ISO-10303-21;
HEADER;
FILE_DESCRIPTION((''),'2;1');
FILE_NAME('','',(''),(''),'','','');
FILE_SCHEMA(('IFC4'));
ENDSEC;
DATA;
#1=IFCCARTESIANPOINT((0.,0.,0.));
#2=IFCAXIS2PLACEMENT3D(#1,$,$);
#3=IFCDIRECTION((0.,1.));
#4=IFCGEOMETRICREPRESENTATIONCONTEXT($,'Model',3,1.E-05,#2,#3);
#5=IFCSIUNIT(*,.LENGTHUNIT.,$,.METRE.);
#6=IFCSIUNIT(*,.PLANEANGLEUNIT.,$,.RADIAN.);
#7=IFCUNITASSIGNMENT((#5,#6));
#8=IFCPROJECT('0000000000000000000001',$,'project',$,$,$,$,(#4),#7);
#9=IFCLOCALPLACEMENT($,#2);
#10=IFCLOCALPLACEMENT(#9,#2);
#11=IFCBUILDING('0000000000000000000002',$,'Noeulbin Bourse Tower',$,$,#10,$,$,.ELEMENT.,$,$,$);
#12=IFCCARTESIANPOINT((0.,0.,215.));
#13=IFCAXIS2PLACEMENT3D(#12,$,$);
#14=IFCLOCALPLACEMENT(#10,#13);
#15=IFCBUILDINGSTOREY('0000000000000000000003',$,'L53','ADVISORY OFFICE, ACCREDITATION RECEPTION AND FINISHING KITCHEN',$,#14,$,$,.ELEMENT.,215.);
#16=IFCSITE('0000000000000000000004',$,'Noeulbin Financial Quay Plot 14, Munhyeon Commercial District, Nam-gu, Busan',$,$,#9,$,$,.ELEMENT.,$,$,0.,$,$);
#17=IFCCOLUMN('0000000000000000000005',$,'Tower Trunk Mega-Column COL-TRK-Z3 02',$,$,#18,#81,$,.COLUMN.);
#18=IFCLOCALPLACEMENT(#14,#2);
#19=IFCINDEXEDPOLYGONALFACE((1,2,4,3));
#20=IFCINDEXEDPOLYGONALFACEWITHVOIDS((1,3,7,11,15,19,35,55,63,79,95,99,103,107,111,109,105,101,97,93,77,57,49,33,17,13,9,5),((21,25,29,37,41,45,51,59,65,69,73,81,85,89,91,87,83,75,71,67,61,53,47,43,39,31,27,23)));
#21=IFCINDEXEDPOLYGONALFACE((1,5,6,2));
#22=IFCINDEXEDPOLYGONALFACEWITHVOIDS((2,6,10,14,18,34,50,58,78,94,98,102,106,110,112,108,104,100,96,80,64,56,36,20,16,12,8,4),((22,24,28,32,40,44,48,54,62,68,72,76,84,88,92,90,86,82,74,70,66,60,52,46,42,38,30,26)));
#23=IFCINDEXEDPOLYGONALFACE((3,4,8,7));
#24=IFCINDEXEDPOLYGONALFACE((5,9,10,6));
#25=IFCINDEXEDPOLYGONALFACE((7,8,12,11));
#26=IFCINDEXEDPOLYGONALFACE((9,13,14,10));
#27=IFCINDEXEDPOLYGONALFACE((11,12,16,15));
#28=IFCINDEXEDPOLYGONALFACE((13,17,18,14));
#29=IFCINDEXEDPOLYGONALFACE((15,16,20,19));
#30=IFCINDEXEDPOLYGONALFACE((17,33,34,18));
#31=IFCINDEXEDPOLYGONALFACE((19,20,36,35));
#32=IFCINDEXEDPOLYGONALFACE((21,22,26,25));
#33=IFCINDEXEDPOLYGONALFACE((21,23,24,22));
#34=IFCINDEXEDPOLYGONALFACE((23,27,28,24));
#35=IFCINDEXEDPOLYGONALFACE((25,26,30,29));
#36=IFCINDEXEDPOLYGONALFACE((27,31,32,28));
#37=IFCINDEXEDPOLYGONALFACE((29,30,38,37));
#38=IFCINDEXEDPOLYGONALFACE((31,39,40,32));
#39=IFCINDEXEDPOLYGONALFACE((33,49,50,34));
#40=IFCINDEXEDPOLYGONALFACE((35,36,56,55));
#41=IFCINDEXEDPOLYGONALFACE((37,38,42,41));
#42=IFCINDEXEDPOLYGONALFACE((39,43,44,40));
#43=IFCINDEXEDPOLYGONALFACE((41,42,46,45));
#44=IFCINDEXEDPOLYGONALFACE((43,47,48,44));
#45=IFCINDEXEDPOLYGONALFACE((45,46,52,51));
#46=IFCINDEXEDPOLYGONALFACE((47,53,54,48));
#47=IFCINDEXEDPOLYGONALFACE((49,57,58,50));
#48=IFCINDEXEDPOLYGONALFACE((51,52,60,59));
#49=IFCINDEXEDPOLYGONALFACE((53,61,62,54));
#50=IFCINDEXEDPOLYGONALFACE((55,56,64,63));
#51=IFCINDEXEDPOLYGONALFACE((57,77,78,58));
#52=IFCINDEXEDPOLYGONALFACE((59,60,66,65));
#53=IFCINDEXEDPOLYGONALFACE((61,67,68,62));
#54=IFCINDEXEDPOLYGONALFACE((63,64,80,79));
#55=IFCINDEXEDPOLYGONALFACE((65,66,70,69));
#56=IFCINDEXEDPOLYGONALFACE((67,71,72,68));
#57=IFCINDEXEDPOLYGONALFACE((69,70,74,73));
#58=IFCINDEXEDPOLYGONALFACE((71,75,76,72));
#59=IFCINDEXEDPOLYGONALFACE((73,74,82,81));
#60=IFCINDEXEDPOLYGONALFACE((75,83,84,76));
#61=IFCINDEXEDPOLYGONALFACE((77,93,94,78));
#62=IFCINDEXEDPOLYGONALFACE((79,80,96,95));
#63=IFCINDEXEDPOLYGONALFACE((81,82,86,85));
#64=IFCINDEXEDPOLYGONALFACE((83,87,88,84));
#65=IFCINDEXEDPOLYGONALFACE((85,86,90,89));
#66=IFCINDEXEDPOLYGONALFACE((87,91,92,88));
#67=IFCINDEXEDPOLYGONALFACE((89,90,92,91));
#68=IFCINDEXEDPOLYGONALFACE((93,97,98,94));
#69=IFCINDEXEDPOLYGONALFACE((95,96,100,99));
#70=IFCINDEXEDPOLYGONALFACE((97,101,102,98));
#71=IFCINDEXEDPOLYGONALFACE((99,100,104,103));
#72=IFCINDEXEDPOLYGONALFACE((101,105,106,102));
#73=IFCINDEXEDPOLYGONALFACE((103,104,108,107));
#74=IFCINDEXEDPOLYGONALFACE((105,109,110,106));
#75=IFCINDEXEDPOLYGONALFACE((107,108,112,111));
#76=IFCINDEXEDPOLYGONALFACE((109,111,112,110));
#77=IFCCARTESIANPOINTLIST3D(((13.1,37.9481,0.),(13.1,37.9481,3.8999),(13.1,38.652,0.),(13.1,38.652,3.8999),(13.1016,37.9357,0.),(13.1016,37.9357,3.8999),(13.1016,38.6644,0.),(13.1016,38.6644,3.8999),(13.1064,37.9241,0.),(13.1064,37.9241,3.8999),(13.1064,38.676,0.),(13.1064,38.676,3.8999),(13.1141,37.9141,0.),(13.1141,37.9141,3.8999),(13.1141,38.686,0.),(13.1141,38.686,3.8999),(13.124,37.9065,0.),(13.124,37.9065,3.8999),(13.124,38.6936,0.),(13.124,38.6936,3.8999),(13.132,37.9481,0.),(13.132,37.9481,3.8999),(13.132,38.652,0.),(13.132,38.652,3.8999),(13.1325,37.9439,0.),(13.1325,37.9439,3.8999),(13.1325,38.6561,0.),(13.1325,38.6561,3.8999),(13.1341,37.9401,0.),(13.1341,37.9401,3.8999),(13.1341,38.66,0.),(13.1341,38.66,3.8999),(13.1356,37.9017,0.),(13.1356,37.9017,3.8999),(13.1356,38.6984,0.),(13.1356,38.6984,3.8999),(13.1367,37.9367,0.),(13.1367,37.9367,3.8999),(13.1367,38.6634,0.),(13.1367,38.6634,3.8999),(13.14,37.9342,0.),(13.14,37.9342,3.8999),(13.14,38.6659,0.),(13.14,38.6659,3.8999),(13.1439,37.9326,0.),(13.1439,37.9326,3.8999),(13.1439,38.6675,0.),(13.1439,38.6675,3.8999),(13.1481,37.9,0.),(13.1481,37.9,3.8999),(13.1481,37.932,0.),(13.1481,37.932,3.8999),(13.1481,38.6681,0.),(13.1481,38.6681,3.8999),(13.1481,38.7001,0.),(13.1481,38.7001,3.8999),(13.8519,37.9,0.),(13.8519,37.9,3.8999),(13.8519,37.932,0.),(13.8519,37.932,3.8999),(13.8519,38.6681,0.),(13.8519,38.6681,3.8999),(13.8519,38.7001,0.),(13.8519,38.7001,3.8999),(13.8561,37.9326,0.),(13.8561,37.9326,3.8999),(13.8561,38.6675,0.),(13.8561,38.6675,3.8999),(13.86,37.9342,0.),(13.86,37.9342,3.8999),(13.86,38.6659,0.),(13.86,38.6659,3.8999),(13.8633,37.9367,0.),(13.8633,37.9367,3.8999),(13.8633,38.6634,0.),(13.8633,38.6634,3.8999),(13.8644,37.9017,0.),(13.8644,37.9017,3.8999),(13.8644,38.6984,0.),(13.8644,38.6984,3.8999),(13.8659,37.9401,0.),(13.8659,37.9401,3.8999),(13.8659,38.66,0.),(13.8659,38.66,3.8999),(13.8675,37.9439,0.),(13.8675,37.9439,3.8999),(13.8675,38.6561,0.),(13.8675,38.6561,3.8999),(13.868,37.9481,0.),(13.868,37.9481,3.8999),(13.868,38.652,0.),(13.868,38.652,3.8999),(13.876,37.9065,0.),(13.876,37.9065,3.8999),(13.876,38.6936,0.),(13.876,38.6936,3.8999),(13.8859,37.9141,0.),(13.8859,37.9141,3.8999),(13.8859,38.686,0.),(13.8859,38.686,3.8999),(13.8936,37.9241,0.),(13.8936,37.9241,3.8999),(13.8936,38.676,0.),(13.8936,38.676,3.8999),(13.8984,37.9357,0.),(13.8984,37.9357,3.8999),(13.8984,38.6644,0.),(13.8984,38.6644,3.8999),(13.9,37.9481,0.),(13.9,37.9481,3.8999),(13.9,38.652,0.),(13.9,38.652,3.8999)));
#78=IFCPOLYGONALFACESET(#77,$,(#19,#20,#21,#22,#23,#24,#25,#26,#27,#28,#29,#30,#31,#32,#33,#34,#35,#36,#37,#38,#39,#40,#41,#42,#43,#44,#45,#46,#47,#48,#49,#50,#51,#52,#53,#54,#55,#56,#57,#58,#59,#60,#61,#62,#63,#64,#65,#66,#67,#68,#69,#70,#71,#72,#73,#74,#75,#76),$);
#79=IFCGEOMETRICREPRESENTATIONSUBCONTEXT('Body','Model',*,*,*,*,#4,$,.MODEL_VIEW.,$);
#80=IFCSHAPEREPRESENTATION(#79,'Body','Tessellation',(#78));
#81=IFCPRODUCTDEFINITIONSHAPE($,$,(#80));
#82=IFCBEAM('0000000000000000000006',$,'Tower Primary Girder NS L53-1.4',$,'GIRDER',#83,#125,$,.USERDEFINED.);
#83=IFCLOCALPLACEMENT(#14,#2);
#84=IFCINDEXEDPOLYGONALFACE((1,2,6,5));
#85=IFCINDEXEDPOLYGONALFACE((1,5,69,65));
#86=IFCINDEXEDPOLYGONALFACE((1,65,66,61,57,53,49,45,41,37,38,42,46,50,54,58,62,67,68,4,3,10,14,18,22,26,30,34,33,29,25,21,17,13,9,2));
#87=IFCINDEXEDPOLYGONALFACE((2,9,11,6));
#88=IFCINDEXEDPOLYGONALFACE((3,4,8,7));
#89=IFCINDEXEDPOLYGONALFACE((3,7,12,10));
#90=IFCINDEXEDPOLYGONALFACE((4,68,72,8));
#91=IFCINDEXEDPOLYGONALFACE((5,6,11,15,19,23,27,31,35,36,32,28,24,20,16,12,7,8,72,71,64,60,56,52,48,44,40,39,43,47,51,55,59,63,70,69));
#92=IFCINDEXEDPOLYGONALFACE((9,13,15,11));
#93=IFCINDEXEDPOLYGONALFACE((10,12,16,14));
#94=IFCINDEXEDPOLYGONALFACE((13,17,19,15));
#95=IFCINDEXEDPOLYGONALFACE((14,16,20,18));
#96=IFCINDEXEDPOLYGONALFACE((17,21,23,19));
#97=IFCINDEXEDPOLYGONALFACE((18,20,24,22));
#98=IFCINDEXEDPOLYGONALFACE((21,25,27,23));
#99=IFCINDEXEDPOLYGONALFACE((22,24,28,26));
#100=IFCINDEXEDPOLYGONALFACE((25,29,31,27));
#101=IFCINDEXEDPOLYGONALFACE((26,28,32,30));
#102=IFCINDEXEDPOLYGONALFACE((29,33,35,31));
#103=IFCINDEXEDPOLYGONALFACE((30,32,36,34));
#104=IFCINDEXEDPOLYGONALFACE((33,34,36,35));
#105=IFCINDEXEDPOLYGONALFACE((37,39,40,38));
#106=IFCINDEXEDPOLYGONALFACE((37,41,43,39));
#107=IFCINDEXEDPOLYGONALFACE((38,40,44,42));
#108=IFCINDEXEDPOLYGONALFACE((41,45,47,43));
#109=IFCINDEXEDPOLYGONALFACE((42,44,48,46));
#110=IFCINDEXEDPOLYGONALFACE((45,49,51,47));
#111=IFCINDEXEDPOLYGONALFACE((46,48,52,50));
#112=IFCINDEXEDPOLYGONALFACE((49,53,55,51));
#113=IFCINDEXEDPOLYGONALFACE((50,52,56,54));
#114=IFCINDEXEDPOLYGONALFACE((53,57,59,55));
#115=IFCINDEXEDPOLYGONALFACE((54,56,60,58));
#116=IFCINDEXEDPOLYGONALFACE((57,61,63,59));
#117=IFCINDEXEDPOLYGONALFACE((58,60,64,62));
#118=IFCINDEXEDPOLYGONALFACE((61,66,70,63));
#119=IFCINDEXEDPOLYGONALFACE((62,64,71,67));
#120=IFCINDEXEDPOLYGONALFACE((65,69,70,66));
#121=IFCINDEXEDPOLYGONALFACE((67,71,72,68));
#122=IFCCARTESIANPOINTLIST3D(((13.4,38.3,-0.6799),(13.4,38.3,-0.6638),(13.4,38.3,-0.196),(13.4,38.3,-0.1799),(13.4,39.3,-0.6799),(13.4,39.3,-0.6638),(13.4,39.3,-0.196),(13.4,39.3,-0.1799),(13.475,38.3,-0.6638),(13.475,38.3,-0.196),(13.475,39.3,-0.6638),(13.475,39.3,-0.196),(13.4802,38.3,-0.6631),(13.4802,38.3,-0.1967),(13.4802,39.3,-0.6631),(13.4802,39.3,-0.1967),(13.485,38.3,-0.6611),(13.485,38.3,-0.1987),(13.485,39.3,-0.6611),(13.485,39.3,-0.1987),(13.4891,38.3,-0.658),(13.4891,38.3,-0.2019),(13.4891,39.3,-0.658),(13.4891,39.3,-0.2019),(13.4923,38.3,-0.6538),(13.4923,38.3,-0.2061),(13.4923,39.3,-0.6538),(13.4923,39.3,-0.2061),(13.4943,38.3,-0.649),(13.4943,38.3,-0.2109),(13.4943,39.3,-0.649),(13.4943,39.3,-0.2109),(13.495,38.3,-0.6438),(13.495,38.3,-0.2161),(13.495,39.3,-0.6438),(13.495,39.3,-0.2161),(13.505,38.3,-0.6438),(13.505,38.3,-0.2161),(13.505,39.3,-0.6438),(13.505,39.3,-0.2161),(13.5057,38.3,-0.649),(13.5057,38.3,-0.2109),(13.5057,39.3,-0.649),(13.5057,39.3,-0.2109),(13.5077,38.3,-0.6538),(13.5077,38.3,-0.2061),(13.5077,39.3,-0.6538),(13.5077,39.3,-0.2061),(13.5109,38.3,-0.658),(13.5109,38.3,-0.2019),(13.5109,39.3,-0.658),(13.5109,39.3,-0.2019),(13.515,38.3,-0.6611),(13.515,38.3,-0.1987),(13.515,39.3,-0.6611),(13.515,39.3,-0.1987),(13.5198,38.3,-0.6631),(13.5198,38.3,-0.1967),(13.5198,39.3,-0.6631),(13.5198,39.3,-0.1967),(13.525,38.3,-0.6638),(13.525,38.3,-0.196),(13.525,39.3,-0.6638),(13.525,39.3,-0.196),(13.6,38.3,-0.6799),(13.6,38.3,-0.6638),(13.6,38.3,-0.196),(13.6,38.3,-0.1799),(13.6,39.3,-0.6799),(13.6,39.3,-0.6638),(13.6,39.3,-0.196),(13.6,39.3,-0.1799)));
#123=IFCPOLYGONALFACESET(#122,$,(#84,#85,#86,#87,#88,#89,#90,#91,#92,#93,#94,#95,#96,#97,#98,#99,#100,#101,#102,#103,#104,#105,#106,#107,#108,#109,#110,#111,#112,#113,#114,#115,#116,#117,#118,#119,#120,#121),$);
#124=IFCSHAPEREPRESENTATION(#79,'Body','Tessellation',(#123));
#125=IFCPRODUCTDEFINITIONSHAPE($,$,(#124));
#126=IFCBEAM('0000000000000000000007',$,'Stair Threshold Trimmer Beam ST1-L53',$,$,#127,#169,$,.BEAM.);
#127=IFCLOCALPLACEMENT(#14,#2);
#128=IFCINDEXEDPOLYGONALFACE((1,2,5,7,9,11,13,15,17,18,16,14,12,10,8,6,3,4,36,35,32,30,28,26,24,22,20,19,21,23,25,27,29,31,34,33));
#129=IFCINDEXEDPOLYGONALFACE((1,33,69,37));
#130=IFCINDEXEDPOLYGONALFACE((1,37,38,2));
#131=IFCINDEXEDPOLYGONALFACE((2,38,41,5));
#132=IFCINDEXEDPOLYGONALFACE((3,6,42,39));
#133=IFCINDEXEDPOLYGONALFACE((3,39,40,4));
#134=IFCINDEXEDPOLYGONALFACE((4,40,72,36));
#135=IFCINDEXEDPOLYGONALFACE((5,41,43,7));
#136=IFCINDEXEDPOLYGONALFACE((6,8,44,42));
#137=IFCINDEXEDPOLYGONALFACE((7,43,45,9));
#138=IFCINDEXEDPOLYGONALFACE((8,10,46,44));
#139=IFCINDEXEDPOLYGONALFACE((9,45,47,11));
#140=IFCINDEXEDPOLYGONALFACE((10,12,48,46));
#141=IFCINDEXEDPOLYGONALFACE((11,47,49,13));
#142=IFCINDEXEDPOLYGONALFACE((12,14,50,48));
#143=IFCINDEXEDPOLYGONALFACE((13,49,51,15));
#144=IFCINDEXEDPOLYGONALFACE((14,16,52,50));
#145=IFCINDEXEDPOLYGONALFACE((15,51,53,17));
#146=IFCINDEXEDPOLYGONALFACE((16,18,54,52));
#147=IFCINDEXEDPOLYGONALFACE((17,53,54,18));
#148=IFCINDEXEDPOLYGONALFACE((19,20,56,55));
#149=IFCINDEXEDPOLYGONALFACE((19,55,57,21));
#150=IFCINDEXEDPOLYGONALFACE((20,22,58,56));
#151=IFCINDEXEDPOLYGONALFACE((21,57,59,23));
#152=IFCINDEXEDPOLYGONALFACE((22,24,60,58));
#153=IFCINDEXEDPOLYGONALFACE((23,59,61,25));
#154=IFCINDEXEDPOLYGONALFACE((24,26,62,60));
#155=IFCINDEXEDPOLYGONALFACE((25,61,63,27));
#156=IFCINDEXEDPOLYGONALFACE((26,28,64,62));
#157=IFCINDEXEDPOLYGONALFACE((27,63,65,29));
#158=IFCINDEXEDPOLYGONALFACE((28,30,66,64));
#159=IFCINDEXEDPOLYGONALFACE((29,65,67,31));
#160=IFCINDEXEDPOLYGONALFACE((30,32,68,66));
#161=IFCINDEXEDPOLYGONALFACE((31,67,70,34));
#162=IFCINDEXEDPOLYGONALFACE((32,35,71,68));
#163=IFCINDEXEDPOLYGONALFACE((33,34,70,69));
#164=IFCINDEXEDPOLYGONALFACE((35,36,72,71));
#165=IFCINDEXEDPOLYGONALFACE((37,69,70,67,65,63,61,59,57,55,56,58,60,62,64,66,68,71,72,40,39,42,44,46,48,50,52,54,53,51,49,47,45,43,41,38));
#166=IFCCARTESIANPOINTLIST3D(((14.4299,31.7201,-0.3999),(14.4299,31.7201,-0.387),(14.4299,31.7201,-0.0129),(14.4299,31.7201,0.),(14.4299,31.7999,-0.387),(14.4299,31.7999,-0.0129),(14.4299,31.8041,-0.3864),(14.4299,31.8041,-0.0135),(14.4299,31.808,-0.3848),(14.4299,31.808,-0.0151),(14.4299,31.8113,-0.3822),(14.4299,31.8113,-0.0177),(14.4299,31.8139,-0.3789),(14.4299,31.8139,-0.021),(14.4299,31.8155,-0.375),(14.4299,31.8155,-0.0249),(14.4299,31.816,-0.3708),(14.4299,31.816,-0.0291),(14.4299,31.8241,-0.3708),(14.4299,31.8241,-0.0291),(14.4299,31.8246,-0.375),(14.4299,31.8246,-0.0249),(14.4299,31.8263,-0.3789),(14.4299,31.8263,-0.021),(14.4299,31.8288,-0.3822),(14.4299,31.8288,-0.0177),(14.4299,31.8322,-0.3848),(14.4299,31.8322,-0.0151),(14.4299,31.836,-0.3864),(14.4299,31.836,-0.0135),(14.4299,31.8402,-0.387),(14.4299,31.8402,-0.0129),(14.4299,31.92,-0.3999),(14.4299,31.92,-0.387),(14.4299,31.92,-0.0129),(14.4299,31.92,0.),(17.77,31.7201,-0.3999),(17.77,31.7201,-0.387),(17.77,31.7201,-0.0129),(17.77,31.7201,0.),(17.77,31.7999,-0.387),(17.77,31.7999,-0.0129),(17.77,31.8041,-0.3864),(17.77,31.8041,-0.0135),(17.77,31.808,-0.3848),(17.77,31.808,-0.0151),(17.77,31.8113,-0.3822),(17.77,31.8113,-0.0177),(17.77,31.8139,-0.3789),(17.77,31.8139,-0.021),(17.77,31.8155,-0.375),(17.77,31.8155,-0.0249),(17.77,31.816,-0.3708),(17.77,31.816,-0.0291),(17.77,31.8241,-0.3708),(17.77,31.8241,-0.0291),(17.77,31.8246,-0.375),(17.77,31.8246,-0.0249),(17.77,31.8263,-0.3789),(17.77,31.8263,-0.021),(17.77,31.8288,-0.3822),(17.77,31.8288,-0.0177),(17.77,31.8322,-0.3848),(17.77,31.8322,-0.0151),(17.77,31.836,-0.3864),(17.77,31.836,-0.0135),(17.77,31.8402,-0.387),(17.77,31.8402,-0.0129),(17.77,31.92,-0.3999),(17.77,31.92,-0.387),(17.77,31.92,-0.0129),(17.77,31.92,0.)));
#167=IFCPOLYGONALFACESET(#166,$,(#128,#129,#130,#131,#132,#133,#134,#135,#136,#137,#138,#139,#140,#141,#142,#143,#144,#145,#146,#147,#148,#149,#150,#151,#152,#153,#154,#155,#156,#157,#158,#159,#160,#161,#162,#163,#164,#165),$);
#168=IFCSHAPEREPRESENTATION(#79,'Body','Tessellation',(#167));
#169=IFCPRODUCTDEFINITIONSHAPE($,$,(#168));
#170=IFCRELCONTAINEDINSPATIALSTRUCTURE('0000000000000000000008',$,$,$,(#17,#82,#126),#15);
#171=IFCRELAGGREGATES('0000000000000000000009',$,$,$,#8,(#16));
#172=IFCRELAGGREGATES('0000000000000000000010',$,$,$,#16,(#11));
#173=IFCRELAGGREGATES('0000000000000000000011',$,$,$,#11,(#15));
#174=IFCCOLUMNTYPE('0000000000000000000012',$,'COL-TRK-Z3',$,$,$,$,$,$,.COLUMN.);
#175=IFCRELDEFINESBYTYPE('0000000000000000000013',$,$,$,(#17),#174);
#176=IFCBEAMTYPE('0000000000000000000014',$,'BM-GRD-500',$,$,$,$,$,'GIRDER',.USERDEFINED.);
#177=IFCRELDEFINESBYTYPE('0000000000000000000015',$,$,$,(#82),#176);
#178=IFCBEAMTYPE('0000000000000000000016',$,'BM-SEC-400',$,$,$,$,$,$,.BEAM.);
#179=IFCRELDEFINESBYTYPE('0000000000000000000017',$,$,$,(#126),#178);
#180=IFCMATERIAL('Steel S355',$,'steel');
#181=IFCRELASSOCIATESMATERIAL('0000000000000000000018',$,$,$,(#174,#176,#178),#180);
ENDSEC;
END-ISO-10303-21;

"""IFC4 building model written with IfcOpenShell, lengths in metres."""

from ifc_helpers import new_model, si_unit, direction, frame, origin, origin_2d, place, context, subcontext, project, spatial, hollow_rectangle, i_section, extrude, material, material_profile, profile_set, type_object, element, save


model = new_model("IFC4")

# Units and contexts
model_context = context("Model", 3, precision=1e-05, world=origin(), true_north=direction((0.0, 1.0)))
body_context = subcontext(model_context, "Body", "Model", "MODEL_VIEW")
ifc_project = project(units=[si_unit("LENGTHUNIT", "METRE"), si_unit("PLANEANGLEUNIT", "RADIAN")], contexts=[model_context])

# Site, building, storey
site_placement = place(None, origin())
site = spatial("IfcSite", under=ifc_project, at=site_placement, Name="Noeulbin Financial Quay Plot 14, Munhyeon Commercial District, Nam-gu, Busan", CompositionType="ELEMENT", RefElevation=0.0)
building_placement = place(site_placement, origin())
building = spatial("IfcBuilding", under=site, at=building_placement, Name="Noeulbin Bourse Tower", CompositionType="ELEMENT")
storey_placement = place(building_placement, frame((0.0, 0.0, 215.0)))
storey = spatial("IfcBuildingStorey", under=building, at=storey_placement, Name="L53", Description="ADVISORY OFFICE, ACCREDITATION RECEPTION AND FINISHING KITCHEN", CompositionType="ELEMENT", Elevation=215.0)

# Column
ifc_material_1 = material(Name="Steel S355", Category="steel")
ifc_material_profile_1 = material_profile(ifc_material_1, hollow_rectangle(XDim=0.8, YDim=0.8, WallThickness=0.032, InnerFilletRadius=0.0161, OuterFilletRadius=0.0481, at=origin_2d()), Name="BOX-800x800x32", Category="LoadBearing")
ifc_profile_set_1 = profile_set([ifc_material_profile_1], Name="Steel S355")
column_type = type_object("IfcColumnType", Name="COL-TRK-Z3", PredefinedType="COLUMN", material=ifc_profile_set_1)
column_placement = place(storey_placement, frame((13.5, 38.3, 0.0), z_axis=(0.0, 0.0, 1.0), x_axis=(1.0, 0.0, 0.0)))
element("IfcColumn", 1, at=column_placement, inside=storey, type_object=column_type, Name="Tower Trunk Mega-Column COL-TRK-Z3 02", PredefinedType="COLUMN", context=body_context, shape_type="SweptSolid", body=[
    extrude(hollow_rectangle(XDim=0.8, YDim=0.8, WallThickness=0.032, InnerFilletRadius=0.0161, OuterFilletRadius=0.0481, at=origin_2d()), origin(), (0.0, 0.0, 1.0), 3.8999),
])

# Beams
ifc_material_profile_2 = material_profile(ifc_material_1, i_section(OverallWidth=0.2, OverallDepth=0.5, WebThickness=0.01, FlangeThickness=0.0161, FilletRadius=0.02, at=origin_2d()), Name="H-500x200x10x16", Category="LoadBearing")
ifc_profile_set_2 = profile_set([ifc_material_profile_2], Name="Steel S355")
beam_type_1 = type_object("IfcBeamType", Name="BM-GRD-500", ElementType="GIRDER", PredefinedType="USERDEFINED", material=ifc_profile_set_2)
beam_1_placement = place(storey_placement, frame((13.5, 38.3, -0.4299), z_axis=(0.0, 1.0, 0.0), x_axis=(-1.0, 0.0, 0.0)))
element("IfcBeam", 2, at=beam_1_placement, inside=storey, type_object=beam_type_1, Name="Tower Primary Girder NS L53-1.4", ObjectType="GIRDER", PredefinedType="USERDEFINED", context=body_context, shape_type="SweptSolid", body=[
    extrude(i_section(OverallWidth=0.2, OverallDepth=0.5, WebThickness=0.01, FlangeThickness=0.0161, FilletRadius=0.02, at=origin_2d()), origin(), (0.0, 0.0, 1.0), 1.0),
])
ifc_material_profile_3 = material_profile(ifc_material_1, i_section(OverallWidth=0.2, OverallDepth=0.3999, WebThickness=0.0081, FlangeThickness=0.0129, FilletRadius=0.0161, at=origin_2d()), Name="H-400x200x8x13", Category="LoadBearing")
ifc_profile_set_3 = profile_set([ifc_material_profile_3], Name="Steel S355")
beam_type_2 = type_object("IfcBeamType", Name="BM-SEC-400", PredefinedType="BEAM", material=ifc_profile_set_3)
beam_2_placement = place(storey_placement, frame((14.4299, 31.8201, -0.2), z_axis=(1.0, 0.0, 0.0), x_axis=(0.0, 1.0, 0.0)))
element("IfcBeam", 3, at=beam_2_placement, inside=storey, type_object=beam_type_2, Name="Stair Threshold Trimmer Beam ST1-L53", PredefinedType="BEAM", context=body_context, shape_type="SweptSolid", body=[
    extrude(i_section(OverallWidth=0.2, OverallDepth=0.3999, WebThickness=0.0081, FlangeThickness=0.0129, FilletRadius=0.0161, at=origin_2d()), origin(), (0.0, 0.0, 1.0), 3.3401),
])

save(model, "model.ifc")
